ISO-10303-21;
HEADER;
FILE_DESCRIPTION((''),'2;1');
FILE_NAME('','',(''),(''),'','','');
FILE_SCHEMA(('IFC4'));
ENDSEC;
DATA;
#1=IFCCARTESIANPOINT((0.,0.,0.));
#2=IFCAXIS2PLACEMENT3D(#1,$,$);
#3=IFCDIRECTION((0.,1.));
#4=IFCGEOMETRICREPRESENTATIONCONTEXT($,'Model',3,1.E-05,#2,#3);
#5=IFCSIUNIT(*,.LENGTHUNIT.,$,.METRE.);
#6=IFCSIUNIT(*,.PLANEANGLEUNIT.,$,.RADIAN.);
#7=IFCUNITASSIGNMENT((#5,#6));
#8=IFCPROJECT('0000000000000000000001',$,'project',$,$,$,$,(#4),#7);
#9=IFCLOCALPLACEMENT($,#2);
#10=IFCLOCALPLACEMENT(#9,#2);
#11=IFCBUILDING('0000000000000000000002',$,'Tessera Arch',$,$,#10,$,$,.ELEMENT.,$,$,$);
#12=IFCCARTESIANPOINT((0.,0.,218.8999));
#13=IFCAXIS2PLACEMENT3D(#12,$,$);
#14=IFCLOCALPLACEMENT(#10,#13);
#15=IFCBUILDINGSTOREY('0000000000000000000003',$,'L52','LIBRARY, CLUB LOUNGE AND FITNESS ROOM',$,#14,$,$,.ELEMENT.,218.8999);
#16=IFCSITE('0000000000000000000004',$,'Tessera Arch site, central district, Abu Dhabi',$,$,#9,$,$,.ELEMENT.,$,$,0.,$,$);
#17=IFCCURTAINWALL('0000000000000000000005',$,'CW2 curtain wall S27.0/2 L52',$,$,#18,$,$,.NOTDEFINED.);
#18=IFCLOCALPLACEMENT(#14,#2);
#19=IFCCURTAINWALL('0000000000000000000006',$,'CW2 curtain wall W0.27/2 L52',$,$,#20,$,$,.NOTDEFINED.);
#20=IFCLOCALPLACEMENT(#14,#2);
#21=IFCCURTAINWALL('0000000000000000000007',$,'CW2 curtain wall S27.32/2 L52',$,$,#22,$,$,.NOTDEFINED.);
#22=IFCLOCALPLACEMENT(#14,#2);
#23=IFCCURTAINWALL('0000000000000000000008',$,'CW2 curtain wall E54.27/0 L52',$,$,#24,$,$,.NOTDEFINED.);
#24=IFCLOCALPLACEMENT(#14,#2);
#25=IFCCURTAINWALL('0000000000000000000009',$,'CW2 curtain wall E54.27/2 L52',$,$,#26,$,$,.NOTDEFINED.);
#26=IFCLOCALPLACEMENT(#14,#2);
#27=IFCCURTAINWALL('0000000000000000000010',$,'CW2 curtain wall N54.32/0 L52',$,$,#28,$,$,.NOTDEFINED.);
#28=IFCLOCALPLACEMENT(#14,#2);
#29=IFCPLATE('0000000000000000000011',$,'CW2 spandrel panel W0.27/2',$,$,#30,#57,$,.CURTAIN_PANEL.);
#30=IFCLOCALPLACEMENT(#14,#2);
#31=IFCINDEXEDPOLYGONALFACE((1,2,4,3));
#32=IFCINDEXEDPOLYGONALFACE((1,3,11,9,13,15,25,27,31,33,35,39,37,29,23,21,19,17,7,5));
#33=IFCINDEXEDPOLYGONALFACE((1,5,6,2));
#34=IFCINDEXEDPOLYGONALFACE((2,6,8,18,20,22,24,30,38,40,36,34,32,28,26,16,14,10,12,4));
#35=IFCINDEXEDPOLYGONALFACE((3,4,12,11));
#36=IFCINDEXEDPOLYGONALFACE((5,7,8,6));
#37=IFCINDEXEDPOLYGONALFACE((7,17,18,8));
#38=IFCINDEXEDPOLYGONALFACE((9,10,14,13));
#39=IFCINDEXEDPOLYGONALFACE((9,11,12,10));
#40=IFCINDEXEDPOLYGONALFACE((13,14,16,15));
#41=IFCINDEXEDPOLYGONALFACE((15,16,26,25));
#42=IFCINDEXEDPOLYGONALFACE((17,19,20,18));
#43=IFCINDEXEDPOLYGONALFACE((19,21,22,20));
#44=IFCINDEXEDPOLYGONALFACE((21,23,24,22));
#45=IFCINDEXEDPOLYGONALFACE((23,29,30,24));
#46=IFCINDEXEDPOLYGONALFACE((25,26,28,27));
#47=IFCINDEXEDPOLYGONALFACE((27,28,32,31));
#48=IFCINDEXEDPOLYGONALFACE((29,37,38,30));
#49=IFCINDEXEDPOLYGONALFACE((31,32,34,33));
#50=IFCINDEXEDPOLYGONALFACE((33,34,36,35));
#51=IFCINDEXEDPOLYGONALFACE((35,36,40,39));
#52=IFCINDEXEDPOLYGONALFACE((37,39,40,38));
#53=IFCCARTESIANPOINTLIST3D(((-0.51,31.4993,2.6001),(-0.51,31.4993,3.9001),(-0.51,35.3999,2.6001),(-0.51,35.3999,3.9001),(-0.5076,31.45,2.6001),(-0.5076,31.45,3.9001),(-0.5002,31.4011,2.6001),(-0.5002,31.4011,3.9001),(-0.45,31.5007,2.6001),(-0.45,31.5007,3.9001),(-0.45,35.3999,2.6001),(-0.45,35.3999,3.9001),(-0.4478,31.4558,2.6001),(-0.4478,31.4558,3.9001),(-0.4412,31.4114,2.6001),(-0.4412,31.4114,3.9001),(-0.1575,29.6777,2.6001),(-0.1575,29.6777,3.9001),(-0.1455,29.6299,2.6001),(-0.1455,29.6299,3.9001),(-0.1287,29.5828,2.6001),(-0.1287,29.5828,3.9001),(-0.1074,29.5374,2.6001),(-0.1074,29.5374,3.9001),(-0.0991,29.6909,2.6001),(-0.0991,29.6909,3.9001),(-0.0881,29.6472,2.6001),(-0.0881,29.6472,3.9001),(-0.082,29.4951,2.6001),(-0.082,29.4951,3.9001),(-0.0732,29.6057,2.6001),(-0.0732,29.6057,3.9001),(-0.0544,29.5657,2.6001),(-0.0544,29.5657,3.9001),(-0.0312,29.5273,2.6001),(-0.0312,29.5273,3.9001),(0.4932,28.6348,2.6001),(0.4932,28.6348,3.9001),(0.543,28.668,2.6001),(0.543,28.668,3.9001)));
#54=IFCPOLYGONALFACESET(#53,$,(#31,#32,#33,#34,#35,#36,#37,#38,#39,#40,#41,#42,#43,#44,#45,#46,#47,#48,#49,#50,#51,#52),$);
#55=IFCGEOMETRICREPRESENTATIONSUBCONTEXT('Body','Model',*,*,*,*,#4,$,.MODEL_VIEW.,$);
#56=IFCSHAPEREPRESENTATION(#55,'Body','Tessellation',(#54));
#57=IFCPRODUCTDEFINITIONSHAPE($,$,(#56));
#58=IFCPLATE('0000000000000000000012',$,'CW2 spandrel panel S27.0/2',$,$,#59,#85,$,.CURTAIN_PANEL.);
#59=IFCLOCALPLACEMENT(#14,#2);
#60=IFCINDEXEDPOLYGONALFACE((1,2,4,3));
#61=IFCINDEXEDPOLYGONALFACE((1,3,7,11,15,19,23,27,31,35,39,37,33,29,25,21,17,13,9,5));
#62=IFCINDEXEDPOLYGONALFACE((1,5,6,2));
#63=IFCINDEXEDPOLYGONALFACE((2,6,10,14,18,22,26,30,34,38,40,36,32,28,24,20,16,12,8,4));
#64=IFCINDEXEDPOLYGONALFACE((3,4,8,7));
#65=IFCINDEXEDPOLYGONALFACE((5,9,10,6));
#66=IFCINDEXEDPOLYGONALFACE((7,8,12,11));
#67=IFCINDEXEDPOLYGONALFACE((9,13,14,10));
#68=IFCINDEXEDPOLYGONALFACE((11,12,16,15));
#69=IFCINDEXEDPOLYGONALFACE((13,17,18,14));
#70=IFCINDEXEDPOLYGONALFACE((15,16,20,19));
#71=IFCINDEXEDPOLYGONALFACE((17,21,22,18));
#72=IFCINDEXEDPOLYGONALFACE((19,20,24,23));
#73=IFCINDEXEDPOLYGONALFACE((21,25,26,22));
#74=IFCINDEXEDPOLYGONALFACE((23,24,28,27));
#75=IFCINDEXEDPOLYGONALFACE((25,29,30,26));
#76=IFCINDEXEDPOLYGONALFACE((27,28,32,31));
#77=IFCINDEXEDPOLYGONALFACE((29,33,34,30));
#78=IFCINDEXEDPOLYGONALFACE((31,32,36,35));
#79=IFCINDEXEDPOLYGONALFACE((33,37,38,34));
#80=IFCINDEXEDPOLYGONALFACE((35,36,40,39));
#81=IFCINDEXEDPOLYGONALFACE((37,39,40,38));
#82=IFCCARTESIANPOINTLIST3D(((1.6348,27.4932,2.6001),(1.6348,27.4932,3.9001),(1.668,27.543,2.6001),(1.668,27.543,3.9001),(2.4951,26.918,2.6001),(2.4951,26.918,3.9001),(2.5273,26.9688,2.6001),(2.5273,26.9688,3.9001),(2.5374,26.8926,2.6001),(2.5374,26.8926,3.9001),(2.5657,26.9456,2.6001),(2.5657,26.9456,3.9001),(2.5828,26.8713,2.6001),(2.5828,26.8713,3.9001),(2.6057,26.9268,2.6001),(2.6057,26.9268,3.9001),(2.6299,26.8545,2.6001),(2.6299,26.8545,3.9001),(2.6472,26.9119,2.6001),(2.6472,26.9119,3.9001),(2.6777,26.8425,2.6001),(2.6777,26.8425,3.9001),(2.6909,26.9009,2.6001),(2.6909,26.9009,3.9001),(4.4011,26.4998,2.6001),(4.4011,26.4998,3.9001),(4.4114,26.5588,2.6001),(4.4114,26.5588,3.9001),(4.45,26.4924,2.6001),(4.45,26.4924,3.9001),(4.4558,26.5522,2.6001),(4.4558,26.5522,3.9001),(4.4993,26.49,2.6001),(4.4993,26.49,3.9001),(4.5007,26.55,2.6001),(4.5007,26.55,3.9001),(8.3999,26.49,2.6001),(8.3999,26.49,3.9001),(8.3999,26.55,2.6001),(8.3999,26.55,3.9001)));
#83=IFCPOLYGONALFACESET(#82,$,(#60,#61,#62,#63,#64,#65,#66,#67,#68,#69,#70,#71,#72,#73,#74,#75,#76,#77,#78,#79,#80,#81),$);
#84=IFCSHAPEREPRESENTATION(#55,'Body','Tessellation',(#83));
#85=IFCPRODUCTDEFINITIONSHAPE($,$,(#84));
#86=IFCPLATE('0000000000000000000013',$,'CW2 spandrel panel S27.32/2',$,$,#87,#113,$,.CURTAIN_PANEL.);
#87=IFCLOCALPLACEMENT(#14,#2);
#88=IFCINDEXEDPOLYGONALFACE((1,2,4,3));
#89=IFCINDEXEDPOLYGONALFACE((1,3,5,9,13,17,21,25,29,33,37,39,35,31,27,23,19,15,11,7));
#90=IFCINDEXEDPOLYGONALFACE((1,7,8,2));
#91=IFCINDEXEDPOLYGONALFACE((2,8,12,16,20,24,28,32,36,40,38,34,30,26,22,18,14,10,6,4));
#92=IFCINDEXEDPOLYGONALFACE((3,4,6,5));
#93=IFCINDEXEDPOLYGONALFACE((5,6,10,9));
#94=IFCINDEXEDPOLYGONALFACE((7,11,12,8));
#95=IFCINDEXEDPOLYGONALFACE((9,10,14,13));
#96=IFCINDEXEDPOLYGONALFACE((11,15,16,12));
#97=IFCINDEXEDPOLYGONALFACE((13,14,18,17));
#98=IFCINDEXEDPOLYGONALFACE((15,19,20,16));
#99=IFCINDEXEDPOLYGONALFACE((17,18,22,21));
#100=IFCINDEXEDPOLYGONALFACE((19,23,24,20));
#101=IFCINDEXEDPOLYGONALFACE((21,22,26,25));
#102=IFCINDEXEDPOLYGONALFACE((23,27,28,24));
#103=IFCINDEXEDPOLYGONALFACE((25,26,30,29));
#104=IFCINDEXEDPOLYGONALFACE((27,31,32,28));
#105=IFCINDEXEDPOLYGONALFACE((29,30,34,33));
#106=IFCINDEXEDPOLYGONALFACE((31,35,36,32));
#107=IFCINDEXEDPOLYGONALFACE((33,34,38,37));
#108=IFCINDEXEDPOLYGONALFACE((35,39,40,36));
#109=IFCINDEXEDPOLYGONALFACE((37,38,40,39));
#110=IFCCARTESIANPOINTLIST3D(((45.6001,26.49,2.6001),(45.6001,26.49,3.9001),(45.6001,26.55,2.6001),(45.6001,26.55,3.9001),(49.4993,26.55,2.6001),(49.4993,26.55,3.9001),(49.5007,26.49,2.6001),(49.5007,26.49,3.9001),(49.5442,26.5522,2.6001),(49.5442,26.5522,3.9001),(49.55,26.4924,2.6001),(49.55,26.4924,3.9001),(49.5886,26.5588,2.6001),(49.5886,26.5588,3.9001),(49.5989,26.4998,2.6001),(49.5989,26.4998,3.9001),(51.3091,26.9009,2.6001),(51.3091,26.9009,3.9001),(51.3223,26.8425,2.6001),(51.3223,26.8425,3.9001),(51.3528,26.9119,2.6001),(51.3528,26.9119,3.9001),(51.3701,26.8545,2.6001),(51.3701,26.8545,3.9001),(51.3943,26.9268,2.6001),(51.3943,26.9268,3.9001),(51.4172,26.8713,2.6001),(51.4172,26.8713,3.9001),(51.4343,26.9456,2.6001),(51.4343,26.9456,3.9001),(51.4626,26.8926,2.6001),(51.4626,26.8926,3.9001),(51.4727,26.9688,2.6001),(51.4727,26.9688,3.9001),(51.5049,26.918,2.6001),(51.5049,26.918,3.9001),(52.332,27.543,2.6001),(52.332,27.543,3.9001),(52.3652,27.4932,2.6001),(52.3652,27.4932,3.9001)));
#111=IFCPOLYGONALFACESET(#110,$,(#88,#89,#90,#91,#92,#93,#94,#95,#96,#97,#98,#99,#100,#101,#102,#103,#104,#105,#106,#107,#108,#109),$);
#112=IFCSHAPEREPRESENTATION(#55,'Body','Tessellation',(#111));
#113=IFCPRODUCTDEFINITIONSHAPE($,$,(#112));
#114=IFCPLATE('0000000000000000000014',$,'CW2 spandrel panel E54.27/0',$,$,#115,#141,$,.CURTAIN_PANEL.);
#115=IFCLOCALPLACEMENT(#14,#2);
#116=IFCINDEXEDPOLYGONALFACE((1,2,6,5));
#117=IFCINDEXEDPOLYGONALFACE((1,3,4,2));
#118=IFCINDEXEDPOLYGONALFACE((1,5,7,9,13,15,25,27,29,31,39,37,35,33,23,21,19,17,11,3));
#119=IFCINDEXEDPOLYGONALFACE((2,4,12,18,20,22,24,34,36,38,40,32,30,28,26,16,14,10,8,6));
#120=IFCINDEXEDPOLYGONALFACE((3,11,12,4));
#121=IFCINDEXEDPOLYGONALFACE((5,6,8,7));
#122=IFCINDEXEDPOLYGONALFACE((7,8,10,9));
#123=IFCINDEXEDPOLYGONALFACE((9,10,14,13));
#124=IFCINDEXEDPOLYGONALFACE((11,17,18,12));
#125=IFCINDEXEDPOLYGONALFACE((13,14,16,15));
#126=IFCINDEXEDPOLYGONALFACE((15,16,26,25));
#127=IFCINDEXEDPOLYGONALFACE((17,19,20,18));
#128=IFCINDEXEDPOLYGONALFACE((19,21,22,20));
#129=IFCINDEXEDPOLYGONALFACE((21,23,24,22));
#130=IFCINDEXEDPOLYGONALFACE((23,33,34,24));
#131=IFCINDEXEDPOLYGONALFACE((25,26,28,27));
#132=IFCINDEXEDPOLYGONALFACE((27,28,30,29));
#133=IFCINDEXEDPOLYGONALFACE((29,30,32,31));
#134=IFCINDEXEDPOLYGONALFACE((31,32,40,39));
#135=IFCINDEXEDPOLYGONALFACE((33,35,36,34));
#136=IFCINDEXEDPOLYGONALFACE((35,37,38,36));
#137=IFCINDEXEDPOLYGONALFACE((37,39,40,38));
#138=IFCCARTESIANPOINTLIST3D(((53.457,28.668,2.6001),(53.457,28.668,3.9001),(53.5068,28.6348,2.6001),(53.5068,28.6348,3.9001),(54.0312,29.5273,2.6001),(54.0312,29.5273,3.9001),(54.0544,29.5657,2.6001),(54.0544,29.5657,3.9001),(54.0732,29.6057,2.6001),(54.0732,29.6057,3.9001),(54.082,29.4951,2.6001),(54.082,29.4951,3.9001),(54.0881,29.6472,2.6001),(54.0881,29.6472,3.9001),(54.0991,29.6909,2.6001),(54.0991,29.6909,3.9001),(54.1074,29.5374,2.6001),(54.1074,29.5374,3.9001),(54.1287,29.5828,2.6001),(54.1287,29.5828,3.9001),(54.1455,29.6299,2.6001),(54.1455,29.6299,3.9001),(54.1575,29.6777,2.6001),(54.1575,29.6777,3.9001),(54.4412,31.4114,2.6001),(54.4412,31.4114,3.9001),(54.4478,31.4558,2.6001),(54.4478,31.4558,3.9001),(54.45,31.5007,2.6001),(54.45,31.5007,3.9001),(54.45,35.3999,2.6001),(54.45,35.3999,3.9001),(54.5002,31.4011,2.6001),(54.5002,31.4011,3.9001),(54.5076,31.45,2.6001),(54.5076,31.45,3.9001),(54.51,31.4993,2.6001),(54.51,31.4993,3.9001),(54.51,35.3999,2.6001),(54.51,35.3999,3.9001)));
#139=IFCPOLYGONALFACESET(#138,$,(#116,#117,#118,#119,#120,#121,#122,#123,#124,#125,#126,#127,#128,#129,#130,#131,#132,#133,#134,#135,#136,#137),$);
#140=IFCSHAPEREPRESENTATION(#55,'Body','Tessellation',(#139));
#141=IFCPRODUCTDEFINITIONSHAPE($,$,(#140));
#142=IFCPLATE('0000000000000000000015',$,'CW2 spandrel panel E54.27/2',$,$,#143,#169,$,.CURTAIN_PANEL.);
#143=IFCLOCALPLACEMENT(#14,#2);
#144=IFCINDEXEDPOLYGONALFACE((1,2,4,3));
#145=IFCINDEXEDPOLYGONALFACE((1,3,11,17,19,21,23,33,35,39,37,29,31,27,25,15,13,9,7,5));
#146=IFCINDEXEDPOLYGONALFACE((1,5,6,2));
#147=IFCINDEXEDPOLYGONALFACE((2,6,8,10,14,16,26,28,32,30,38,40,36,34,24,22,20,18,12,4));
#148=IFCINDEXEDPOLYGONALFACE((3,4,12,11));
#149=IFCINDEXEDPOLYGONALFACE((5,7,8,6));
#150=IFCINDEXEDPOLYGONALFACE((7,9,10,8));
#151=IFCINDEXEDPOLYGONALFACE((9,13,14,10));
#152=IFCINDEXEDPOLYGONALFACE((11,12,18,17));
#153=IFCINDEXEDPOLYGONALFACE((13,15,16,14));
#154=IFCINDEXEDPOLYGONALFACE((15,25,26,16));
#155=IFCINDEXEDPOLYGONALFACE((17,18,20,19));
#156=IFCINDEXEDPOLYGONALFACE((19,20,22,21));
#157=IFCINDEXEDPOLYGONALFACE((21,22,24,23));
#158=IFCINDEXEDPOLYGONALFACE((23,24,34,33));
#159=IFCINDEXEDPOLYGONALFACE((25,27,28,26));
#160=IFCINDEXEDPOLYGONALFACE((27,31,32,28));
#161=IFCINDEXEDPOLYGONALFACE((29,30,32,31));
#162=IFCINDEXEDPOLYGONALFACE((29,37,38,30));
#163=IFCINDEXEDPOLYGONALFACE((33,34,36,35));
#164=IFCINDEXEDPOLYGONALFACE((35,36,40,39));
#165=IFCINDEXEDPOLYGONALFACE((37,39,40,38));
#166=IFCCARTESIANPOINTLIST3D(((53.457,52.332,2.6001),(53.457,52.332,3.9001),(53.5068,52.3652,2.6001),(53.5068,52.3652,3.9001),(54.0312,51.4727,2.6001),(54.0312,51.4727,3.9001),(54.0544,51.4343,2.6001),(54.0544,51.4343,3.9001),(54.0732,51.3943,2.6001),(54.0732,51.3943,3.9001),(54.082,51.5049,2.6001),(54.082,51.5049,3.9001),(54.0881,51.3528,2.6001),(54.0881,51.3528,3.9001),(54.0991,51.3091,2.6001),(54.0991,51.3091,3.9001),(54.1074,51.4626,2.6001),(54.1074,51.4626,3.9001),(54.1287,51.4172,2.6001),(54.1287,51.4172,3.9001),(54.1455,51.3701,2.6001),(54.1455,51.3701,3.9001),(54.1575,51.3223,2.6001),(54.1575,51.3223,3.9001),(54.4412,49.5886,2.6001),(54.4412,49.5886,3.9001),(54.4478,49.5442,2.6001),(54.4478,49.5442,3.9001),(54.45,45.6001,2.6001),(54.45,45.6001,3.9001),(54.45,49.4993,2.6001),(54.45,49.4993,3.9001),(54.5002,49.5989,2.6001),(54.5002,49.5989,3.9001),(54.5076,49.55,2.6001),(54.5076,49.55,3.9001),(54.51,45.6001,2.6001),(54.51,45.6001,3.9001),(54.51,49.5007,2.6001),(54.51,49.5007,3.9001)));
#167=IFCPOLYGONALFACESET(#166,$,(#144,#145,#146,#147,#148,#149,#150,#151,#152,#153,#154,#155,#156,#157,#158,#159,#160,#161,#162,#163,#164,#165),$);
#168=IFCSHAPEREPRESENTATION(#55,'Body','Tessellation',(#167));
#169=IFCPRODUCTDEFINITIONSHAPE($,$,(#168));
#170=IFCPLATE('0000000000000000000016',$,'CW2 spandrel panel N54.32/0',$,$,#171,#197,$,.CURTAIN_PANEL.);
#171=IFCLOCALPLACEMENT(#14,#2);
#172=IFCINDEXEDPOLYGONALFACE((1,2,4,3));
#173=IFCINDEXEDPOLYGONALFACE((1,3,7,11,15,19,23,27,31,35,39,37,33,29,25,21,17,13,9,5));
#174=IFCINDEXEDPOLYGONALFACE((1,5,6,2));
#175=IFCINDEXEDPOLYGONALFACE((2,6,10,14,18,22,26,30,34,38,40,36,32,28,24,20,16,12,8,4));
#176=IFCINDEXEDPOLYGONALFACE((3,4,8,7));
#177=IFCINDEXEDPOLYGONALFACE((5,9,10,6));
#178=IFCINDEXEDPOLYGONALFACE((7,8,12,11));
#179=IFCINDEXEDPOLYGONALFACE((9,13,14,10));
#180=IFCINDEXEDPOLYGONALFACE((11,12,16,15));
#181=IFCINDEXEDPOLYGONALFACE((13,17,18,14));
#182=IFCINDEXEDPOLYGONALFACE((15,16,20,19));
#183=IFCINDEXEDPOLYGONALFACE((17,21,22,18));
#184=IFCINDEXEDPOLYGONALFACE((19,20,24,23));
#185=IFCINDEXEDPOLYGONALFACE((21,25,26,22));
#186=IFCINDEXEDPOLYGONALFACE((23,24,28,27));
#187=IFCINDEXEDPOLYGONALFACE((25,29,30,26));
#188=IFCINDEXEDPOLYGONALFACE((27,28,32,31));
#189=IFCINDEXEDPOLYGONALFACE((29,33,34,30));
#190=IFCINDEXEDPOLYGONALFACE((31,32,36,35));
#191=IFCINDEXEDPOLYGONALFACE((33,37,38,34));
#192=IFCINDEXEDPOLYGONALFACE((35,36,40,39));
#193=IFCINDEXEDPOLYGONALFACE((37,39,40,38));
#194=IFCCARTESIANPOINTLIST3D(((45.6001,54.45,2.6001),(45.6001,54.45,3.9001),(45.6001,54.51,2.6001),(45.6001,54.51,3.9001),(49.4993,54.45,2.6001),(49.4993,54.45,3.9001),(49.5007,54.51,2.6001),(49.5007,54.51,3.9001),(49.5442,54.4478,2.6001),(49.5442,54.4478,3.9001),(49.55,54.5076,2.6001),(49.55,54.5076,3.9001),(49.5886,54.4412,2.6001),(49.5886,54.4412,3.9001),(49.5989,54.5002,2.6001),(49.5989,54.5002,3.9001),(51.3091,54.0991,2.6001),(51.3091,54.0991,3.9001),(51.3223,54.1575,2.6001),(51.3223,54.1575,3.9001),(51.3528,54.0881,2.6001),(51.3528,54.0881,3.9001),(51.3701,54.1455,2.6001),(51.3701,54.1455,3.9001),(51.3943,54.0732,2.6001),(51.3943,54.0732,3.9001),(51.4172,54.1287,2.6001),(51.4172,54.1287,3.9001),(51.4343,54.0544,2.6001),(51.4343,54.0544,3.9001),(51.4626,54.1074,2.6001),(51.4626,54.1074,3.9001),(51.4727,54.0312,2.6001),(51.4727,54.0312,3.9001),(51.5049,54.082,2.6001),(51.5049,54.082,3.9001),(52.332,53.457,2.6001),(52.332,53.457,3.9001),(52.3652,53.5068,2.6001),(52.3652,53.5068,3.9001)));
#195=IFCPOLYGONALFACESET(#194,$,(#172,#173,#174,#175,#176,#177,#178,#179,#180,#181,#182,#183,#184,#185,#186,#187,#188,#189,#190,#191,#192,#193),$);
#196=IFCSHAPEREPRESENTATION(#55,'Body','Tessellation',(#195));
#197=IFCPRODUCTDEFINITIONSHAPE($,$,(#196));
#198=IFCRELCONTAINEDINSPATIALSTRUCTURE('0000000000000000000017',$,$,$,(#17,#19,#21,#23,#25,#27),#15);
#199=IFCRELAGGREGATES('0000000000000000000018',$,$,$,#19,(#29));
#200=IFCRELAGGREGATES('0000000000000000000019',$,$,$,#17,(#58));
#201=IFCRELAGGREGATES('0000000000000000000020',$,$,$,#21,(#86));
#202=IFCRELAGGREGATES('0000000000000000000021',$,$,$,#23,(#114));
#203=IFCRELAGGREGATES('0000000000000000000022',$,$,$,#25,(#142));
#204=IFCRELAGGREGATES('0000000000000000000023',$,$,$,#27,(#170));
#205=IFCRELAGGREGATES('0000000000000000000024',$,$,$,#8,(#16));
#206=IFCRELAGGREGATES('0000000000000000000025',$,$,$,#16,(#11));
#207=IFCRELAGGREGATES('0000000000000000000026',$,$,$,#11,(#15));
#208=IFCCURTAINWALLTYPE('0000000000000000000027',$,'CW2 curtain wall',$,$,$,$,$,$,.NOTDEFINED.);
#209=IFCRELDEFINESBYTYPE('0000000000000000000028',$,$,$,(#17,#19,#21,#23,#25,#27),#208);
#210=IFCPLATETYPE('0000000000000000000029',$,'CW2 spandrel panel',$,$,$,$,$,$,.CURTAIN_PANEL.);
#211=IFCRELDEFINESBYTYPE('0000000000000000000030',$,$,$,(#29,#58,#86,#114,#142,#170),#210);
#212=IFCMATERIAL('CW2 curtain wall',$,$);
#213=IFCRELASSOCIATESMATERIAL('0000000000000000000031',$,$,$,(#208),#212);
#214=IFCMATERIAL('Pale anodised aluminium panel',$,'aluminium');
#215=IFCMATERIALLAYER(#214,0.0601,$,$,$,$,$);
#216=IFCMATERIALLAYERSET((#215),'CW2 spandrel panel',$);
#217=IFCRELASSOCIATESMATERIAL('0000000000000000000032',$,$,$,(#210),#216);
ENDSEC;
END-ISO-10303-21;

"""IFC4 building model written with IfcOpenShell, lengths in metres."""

from ifc_helpers import new_model, si_unit, direction, frame, origin, place, context, subcontext, project, spatial, polyline, outline, extrude, material, layer, layer_set, type_object, element, aggregate, save


model = new_model("IFC4")

# Units and contexts
model_context = context("Model", 3, precision=1e-05, world=origin(), true_north=direction((0.0, 1.0)))
body_context = subcontext(model_context, "Body", "Model", "MODEL_VIEW")
ifc_project = project(units=[si_unit("LENGTHUNIT", "METRE"), si_unit("PLANEANGLEUNIT", "RADIAN")], contexts=[model_context])

# Site, building, storey
site_placement = place(None, origin())
site = spatial("IfcSite", under=ifc_project, at=site_placement, Name="Tessera Arch site, central district, Abu Dhabi", CompositionType="ELEMENT", RefElevation=0.0)
building_placement = place(site_placement, origin())
building = spatial("IfcBuilding", under=site, at=building_placement, Name="Tessera Arch", CompositionType="ELEMENT")
storey_placement = place(building_placement, frame((0.0, 0.0, 218.8999)))
storey = spatial("IfcBuildingStorey", under=building, at=storey_placement, Name="L52", Description="LIBRARY, CLUB LOUNGE AND FITNESS ROOM", CompositionType="ELEMENT", Elevation=218.8999)

# Curtain walls
ifc_material_1 = material(Name="CW2 curtain wall")
curtain_wall_type_1 = type_object("IfcCurtainWallType", Name="CW2 curtain wall", PredefinedType="NOTDEFINED", material=ifc_material_1)
curtain_wall_1_placement = place(storey_placement, origin())
curtain_wall_1 = element("IfcCurtainWall", 1, at=curtain_wall_1_placement, inside=storey, type_object=curtain_wall_type_1, Name="CW2 curtain wall S27.0/2 L52", PredefinedType="NOTDEFINED")
curtain_wall_2_placement = place(storey_placement, origin())
curtain_wall_2 = element("IfcCurtainWall", 2, at=curtain_wall_2_placement, inside=storey, type_object=curtain_wall_type_1, Name="CW2 curtain wall W0.27/2 L52", PredefinedType="NOTDEFINED")

# Curtain walls
curtain_wall_3_placement = place(storey_placement, origin())
curtain_wall_3 = element("IfcCurtainWall", 3, at=curtain_wall_3_placement, inside=storey, type_object=curtain_wall_type_1, Name="CW2 curtain wall S27.32/2 L52", PredefinedType="NOTDEFINED")
curtain_wall_4_placement = place(storey_placement, origin())
curtain_wall_4 = element("IfcCurtainWall", 4, at=curtain_wall_4_placement, inside=storey, type_object=curtain_wall_type_1, Name="CW2 curtain wall E54.27/0 L52", PredefinedType="NOTDEFINED")
curtain_wall_5_placement = place(storey_placement, origin())
curtain_wall_5 = element("IfcCurtainWall", 5, at=curtain_wall_5_placement, inside=storey, type_object=curtain_wall_type_1, Name="CW2 curtain wall E54.27/2 L52", PredefinedType="NOTDEFINED")
curtain_wall_6_placement = place(storey_placement, origin())
curtain_wall_6 = element("IfcCurtainWall", 6, at=curtain_wall_6_placement, inside=storey, type_object=curtain_wall_type_1, Name="CW2 curtain wall N54.32/0 L52", PredefinedType="NOTDEFINED")

# Plates
ifc_material_2 = material(Name="Pale anodised aluminium panel", Category="aluminium")
ifc_layer_1 = layer(ifc_material_2, 0.0601)
ifc_layer_set_1 = layer_set([ifc_layer_1], Name="CW2 spandrel panel")
plate_type_1 = type_object("IfcPlateType", Name="CW2 spandrel panel", PredefinedType="CURTAIN_PANEL", material=ifc_layer_set_1)
plate_1_placement = place(storey_placement, frame((0.0, 0.0, 2.6001)))
plate_1 = element("IfcPlate", 7, at=plate_1_placement, type_object=plate_type_1, Name="CW2 spandrel panel W0.27/2", PredefinedType="CURTAIN_PANEL", context=body_context, shape_type="SweptSolid", body=[
    extrude(outline(polyline([(-0.45, 31.5007), (-0.45, 35.3999), (-0.51, 35.3999), (-0.51, 31.4993), (-0.5076, 31.45), (-0.5002, 31.4011), (-0.1575, 29.6777), (-0.1455, 29.6299), (-0.1287, 29.5828), (-0.1074, 29.5374), (-0.082, 29.4951), (0.4932, 28.6348), (0.543, 28.668), (-0.0312, 29.5273), (-0.0544, 29.5657), (-0.0732, 29.6057), (-0.0881, 29.6472), (-0.0991, 29.6909), (-0.4412, 31.4114), (-0.4478, 31.4558), (-0.45, 31.5007)])), origin(), (0.0, 0.0, 1.0), 1.3),
])
aggregate(curtain_wall_2, [plate_1])
plate_2_placement = place(storey_placement, frame((0.0, 0.0, 2.6001)))
plate_2 = element("IfcPlate", 8, at=plate_2_placement, type_object=plate_type_1, Name="CW2 spandrel panel S27.0/2", PredefinedType="CURTAIN_PANEL", context=body_context, shape_type="SweptSolid", body=[
    extrude(outline(polyline([(2.5273, 26.9688), (1.668, 27.543), (1.6348, 27.4932), (2.4951, 26.918), (2.5374, 26.8926), (2.5828, 26.8713), (2.6299, 26.8545), (2.6777, 26.8425), (4.4011, 26.4998), (4.45, 26.4924), (4.4993, 26.49), (8.3999, 26.49), (8.3999, 26.55), (4.5007, 26.55), (4.4558, 26.5522), (4.4114, 26.5588), (2.6909, 26.9009), (2.6472, 26.9119), (2.6057, 26.9268), (2.5657, 26.9456), (2.5273, 26.9688)])), origin(), (0.0, 0.0, 1.0), 1.3),
])
aggregate(curtain_wall_1, [plate_2])
plate_3_placement = place(storey_placement, frame((0.0, 0.0, 2.6001)))
plate_3 = element("IfcPlate", 9, at=plate_3_placement, type_object=plate_type_1, Name="CW2 spandrel panel S27.32/2", PredefinedType="CURTAIN_PANEL", context=body_context, shape_type="SweptSolid", body=[
    extrude(outline(polyline([(49.4993, 26.55), (45.6001, 26.55), (45.6001, 26.49), (49.5007, 26.49), (49.55, 26.4924), (49.5989, 26.4998), (51.3223, 26.8425), (51.3701, 26.8545), (51.4172, 26.8713), (51.4626, 26.8926), (51.5049, 26.918), (52.3652, 27.4932), (52.332, 27.543), (51.4727, 26.9688), (51.4343, 26.9456), (51.3943, 26.9268), (51.3528, 26.9119), (51.3091, 26.9009), (49.5886, 26.5588), (49.5442, 26.5522), (49.4993, 26.55)])), origin(), (0.0, 0.0, 1.0), 1.3),
])
aggregate(curtain_wall_3, [plate_3])
plate_4_placement = place(storey_placement, frame((0.0, 0.0, 2.6001)))
plate_4 = element("IfcPlate", 10, at=plate_4_placement, type_object=plate_type_1, Name="CW2 spandrel panel E54.27/0", PredefinedType="CURTAIN_PANEL", context=body_context, shape_type="SweptSolid", body=[
    extrude(outline(polyline([(54.0312, 29.5273), (53.457, 28.668), (53.5068, 28.6348), (54.082, 29.4951), (54.1074, 29.5374), (54.1287, 29.5828), (54.1455, 29.6299), (54.1575, 29.6777), (54.5002, 31.4011), (54.5076, 31.45), (54.51, 31.4993), (54.51, 35.3999), (54.45, 35.3999), (54.45, 31.5007), (54.4478, 31.4558), (54.4412, 31.4114), (54.0991, 29.6909), (54.0881, 29.6472), (54.0732, 29.6057), (54.0544, 29.5657), (54.0312, 29.5273)])), origin(), (0.0, 0.0, 1.0), 1.3),
])
aggregate(curtain_wall_4, [plate_4])
plate_5_placement = place(storey_placement, frame((0.0, 0.0, 2.6001)))
plate_5 = element("IfcPlate", 11, at=plate_5_placement, type_object=plate_type_1, Name="CW2 spandrel panel E54.27/2", PredefinedType="CURTAIN_PANEL", context=body_context, shape_type="SweptSolid", body=[
    extrude(outline(polyline([(54.45, 49.4993), (54.45, 45.6001), (54.51, 45.6001), (54.51, 49.5007), (54.5076, 49.55), (54.5002, 49.5989), (54.1575, 51.3223), (54.1455, 51.3701), (54.1287, 51.4172), (54.1074, 51.4626), (54.082, 51.5049), (53.5068, 52.3652), (53.457, 52.332), (54.0312, 51.4727), (54.0544, 51.4343), (54.0732, 51.3943), (54.0881, 51.3528), (54.0991, 51.3091), (54.4412, 49.5886), (54.4478, 49.5442), (54.45, 49.4993)])), origin(), (0.0, 0.0, 1.0), 1.3),
])
aggregate(curtain_wall_5, [plate_5])
plate_6_placement = place(storey_placement, frame((0.0, 0.0, 2.6001)))
plate_6 = element("IfcPlate", 12, at=plate_6_placement, type_object=plate_type_1, Name="CW2 spandrel panel N54.32/0", PredefinedType="CURTAIN_PANEL", context=body_context, shape_type="SweptSolid", body=[
    extrude(outline(polyline([(51.4727, 54.0312), (52.332, 53.457), (52.3652, 53.5068), (51.5049, 54.082), (51.4626, 54.1074), (51.4172, 54.1287), (51.3701, 54.1455), (51.3223, 54.1575), (49.5989, 54.5002), (49.55, 54.5076), (49.5007, 54.51), (45.6001, 54.51), (45.6001, 54.45), (49.4993, 54.45), (49.5442, 54.4478), (49.5886, 54.4412), (51.3091, 54.0991), (51.3528, 54.0881), (51.3943, 54.0732), (51.4343, 54.0544), (51.4727, 54.0312)])), origin(), (0.0, 0.0, 1.0), 1.3),
])
aggregate(curtain_wall_6, [plate_6])

save(model, "model.ifc")
